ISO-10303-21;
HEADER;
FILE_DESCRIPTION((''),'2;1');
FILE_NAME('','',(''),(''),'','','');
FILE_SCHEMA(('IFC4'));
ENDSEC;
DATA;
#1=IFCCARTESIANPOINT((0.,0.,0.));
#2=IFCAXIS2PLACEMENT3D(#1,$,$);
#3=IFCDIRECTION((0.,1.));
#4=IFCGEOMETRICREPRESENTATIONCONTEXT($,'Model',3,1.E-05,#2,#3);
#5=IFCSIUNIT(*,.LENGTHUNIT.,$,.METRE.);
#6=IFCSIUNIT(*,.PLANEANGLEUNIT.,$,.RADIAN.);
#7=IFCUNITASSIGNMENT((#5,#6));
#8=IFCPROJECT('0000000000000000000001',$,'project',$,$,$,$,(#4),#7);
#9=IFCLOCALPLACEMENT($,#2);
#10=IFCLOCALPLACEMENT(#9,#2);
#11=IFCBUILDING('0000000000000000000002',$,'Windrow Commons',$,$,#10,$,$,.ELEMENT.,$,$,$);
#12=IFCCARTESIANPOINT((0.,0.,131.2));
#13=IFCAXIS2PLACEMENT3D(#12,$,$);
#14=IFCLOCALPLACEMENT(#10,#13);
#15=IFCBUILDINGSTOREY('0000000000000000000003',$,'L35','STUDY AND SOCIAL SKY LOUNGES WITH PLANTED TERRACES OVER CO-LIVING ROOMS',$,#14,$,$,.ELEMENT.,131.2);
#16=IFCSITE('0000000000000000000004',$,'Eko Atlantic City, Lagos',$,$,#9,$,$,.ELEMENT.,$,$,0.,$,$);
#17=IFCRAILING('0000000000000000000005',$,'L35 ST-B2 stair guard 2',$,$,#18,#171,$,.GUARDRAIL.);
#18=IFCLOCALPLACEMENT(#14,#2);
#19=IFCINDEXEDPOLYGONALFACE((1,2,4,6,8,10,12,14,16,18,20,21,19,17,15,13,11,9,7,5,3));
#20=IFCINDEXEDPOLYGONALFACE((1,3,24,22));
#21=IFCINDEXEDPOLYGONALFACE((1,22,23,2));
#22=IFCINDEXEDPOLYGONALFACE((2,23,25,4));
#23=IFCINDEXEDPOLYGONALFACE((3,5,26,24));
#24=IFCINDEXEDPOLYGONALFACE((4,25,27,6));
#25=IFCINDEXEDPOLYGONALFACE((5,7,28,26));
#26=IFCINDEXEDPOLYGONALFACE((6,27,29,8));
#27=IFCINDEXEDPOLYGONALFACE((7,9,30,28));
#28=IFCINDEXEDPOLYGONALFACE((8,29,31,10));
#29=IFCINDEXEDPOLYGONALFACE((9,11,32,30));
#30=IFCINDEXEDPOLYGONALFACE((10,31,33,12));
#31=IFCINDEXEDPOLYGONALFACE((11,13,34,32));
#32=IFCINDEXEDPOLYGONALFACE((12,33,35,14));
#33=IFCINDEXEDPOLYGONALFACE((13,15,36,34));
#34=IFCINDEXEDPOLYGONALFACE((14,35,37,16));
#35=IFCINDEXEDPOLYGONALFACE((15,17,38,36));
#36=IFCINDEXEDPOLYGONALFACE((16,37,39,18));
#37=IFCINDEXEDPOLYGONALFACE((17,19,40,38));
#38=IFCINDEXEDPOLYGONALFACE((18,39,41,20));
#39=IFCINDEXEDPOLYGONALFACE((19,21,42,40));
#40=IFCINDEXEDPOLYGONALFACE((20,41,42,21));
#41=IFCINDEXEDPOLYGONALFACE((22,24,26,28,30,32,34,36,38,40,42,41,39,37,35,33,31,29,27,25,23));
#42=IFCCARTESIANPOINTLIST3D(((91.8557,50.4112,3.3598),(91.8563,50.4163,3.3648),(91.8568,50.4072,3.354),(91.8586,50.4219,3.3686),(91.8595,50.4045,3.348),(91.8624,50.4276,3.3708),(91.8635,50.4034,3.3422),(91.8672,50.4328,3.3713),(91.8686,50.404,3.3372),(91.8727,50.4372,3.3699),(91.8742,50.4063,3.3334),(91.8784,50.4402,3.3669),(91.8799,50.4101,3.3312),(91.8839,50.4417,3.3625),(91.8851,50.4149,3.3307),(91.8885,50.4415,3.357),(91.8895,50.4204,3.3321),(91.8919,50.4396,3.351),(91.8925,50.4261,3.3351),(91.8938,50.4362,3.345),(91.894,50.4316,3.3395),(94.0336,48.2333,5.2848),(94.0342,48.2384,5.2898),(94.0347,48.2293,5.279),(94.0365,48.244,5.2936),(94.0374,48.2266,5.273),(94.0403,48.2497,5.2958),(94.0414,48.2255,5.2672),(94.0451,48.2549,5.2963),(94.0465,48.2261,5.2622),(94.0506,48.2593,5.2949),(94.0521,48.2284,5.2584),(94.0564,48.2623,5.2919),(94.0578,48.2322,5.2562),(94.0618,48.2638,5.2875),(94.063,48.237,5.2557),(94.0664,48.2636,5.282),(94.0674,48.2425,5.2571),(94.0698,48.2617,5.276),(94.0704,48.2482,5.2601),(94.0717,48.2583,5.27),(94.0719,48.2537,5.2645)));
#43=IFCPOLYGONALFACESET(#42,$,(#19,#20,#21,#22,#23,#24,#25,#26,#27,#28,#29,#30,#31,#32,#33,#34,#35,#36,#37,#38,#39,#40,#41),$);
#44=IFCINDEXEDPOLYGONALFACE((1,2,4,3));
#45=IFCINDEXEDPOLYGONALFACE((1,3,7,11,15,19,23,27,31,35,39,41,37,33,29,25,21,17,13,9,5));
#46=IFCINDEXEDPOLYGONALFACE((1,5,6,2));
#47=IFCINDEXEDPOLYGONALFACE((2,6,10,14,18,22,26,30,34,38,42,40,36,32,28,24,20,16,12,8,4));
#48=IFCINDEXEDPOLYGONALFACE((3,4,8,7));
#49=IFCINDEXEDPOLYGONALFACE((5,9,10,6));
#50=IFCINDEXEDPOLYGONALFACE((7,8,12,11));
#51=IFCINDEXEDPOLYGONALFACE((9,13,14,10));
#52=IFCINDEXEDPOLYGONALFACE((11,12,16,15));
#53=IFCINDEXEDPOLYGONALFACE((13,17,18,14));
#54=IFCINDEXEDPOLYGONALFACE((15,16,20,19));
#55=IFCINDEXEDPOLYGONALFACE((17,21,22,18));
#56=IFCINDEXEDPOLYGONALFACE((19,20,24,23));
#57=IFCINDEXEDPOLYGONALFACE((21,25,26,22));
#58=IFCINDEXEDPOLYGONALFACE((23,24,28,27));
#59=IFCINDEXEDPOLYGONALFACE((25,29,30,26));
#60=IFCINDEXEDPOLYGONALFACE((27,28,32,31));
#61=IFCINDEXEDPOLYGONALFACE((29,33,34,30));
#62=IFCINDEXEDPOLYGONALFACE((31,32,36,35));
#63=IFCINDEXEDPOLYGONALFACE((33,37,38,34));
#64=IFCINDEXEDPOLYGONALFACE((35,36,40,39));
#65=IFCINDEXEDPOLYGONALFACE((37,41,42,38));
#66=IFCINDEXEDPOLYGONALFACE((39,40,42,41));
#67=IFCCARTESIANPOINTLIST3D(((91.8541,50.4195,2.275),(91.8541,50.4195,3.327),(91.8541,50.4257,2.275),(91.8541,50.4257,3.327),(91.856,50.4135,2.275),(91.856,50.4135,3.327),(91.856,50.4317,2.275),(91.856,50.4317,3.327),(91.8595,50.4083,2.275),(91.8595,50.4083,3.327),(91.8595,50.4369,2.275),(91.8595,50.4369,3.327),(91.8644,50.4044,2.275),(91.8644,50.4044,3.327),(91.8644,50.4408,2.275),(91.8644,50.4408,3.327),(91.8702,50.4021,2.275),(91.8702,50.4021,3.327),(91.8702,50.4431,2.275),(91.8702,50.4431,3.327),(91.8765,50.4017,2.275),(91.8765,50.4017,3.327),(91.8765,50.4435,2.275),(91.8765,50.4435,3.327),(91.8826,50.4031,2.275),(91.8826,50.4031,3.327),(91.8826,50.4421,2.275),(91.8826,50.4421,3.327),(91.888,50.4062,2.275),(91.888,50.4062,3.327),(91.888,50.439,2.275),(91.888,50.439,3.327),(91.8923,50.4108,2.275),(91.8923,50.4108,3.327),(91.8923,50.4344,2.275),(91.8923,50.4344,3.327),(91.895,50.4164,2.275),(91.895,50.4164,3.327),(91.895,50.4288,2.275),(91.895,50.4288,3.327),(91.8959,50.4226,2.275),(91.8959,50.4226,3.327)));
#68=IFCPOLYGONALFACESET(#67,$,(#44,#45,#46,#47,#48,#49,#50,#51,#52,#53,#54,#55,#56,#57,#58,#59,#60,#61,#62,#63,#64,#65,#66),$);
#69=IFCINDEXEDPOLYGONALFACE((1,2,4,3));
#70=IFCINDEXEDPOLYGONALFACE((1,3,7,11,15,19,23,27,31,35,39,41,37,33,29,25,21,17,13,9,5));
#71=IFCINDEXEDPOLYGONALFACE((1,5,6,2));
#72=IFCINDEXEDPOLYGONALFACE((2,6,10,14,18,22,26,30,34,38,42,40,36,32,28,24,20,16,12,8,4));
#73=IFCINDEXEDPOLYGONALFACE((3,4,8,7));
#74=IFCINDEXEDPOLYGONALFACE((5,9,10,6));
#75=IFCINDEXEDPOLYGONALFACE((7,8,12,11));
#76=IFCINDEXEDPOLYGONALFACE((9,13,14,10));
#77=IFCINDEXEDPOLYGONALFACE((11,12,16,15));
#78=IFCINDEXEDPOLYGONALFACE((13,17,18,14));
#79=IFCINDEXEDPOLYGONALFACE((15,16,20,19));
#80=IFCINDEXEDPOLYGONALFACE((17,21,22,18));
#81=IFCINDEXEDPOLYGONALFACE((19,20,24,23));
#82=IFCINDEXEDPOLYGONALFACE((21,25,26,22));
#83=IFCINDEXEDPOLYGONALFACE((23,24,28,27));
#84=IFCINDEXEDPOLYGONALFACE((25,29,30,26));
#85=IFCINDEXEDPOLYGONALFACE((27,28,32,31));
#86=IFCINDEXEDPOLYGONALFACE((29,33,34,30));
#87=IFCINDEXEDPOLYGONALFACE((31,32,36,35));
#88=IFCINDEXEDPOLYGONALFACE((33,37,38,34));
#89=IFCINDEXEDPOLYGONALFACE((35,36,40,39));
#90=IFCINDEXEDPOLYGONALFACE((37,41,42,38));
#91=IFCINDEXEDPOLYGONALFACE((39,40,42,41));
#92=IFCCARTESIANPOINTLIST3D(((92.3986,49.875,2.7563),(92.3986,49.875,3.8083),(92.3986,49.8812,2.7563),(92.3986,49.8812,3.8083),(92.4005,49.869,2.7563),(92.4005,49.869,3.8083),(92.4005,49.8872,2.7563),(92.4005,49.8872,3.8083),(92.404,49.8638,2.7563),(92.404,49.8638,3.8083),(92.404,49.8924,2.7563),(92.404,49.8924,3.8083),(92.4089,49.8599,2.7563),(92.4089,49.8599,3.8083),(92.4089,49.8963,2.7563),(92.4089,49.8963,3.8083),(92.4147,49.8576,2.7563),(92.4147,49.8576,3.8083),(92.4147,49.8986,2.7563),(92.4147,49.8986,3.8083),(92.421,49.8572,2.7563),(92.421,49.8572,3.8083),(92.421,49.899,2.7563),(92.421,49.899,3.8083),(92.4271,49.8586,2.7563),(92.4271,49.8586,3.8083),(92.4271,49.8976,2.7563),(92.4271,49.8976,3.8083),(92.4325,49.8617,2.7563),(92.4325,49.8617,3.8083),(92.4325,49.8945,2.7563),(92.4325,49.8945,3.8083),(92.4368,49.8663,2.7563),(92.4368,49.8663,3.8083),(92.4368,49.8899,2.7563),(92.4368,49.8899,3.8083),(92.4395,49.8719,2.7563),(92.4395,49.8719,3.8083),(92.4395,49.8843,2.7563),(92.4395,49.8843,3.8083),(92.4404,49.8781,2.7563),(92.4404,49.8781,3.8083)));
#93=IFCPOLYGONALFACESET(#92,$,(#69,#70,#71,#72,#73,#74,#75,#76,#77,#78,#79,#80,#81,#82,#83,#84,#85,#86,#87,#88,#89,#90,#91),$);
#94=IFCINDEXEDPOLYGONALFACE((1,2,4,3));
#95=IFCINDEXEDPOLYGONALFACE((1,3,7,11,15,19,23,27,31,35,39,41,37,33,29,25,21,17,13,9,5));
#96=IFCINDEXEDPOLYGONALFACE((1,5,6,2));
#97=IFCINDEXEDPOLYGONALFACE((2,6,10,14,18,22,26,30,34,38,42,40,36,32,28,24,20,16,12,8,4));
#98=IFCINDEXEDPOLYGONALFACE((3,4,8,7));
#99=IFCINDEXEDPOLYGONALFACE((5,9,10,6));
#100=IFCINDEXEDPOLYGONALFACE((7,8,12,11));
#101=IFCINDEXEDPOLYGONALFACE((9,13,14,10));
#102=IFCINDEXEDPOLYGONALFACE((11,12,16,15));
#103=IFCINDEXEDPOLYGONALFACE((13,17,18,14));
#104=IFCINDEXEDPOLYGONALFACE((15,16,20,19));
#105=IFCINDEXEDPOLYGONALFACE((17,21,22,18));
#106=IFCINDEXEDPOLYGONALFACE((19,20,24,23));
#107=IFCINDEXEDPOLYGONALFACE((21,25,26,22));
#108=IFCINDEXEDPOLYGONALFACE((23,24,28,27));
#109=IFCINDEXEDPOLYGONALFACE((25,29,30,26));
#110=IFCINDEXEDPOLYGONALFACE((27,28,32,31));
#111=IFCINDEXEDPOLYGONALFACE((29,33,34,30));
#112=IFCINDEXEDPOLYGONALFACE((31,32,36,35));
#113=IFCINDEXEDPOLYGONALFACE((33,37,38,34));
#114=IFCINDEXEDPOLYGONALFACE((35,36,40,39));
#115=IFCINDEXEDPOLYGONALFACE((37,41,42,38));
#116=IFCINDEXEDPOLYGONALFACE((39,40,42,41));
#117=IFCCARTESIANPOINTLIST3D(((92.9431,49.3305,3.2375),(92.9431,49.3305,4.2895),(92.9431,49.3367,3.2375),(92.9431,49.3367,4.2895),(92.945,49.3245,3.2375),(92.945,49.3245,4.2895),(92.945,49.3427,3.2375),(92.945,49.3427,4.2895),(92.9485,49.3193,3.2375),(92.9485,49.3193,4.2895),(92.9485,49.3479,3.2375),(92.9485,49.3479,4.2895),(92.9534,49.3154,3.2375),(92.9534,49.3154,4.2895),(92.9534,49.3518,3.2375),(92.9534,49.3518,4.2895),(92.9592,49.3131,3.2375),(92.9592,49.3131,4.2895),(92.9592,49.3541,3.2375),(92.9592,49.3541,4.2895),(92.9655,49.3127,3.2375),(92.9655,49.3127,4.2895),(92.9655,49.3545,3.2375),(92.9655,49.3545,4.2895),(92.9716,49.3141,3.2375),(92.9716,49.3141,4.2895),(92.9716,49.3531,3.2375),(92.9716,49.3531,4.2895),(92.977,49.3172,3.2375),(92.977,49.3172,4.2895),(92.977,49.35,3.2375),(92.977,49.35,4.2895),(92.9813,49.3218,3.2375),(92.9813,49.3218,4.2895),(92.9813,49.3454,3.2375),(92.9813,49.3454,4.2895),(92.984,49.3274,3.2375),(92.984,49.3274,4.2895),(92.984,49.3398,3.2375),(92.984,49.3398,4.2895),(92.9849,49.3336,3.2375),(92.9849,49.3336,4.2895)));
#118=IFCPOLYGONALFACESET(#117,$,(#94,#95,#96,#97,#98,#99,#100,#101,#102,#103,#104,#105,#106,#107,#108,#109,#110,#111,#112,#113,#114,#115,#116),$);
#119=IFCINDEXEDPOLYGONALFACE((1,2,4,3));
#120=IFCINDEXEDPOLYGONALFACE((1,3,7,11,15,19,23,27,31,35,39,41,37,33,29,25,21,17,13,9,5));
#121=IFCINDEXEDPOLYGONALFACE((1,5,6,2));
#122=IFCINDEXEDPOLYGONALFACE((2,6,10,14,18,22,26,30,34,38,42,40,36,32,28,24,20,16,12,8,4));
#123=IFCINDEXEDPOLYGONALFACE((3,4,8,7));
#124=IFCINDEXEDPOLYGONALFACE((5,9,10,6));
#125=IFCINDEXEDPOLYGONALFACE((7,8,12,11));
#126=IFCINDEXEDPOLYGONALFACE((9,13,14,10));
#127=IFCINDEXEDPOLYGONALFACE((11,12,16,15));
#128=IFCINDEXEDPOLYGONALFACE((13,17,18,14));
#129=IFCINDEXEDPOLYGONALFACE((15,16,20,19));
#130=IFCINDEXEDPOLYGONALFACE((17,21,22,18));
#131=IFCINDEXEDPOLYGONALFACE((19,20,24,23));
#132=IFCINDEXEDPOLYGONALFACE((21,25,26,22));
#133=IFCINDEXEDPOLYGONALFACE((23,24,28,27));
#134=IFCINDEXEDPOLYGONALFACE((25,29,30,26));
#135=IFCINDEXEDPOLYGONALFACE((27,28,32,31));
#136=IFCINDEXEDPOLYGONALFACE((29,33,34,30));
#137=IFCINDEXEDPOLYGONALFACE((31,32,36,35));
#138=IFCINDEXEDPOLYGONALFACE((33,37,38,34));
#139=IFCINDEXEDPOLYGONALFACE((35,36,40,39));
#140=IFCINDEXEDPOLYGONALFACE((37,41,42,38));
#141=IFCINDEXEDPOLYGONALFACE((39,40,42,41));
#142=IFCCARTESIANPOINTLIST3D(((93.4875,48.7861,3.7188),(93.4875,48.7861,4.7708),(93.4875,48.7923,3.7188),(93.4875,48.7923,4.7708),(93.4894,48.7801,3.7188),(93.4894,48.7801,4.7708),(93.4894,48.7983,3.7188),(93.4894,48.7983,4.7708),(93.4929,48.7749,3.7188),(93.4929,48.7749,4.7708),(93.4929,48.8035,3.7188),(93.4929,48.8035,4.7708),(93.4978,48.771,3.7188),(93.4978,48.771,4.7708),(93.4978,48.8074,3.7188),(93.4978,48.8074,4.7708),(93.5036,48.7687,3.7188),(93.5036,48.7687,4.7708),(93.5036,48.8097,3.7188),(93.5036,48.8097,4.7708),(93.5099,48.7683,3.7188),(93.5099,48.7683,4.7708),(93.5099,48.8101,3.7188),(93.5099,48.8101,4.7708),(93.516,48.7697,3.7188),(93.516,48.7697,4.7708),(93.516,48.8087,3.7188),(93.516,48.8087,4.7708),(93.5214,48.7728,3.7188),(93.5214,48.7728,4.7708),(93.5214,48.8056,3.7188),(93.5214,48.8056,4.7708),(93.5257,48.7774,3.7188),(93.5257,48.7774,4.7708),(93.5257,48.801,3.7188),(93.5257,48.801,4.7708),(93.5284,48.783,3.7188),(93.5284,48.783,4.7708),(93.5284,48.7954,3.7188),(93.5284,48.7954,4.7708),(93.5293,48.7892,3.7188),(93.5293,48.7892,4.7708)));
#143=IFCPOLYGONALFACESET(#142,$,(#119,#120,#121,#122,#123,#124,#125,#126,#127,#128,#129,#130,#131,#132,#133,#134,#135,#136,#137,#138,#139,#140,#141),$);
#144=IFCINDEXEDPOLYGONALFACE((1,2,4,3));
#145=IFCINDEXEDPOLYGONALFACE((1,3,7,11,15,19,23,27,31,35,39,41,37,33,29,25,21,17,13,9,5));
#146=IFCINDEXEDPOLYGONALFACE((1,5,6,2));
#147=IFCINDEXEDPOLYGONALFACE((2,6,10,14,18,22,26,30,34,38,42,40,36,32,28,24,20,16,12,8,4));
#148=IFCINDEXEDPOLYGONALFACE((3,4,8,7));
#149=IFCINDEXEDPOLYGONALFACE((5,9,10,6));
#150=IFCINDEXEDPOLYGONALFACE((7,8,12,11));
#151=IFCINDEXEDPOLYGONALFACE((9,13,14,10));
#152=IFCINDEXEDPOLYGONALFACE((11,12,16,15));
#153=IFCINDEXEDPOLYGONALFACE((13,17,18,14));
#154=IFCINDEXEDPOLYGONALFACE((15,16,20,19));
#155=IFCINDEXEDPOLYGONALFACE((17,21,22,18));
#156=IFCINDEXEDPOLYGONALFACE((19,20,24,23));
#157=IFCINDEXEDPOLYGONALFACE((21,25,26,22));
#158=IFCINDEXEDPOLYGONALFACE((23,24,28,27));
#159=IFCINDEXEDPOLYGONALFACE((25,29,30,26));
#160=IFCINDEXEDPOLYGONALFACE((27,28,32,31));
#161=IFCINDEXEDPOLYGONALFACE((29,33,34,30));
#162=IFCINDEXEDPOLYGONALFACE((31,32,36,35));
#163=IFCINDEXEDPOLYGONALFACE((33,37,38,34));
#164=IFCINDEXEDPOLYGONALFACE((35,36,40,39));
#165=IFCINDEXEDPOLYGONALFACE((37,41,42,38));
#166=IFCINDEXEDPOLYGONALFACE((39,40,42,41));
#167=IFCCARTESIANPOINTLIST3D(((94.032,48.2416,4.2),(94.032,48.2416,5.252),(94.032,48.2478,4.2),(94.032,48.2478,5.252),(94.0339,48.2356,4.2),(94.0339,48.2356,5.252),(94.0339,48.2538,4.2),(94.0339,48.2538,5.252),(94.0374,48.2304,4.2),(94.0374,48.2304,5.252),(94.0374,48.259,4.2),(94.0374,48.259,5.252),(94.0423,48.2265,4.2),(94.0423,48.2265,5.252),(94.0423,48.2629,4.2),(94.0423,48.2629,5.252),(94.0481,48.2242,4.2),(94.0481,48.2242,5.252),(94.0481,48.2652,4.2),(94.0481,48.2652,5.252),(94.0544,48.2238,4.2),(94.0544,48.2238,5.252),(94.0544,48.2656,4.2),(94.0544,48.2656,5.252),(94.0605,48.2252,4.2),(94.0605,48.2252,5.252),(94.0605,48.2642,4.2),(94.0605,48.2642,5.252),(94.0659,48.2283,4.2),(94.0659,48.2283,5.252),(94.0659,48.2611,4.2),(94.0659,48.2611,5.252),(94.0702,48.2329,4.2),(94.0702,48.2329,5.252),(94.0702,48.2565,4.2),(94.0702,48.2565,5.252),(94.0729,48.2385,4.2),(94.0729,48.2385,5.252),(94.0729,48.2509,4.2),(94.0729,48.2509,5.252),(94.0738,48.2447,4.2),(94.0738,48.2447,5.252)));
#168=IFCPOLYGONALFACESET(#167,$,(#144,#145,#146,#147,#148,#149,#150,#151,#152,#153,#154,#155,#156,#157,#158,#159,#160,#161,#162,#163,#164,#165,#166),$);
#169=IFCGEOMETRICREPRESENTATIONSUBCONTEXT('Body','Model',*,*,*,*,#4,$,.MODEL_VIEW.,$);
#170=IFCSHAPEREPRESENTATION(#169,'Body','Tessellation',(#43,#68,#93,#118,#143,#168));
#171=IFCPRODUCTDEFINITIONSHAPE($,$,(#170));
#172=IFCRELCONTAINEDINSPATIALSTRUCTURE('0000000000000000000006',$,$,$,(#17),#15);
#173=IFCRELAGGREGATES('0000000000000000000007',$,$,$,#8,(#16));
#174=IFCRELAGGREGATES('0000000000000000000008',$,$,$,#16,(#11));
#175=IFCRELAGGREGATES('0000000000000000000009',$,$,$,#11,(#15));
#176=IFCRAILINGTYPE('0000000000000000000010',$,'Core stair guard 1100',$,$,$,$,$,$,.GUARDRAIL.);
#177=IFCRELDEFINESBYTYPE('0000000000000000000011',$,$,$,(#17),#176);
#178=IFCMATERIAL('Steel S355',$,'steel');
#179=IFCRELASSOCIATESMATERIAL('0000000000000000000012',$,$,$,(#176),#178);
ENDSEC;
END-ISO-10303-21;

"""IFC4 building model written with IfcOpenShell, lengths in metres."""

from ifc_helpers import new_model, si_unit, direction, frame, origin, origin_2d, place, context, subcontext, project, spatial, circle, extrude, material, type_object, element, save


model = new_model("IFC4")

# Units and contexts
model_context = context("Model", 3, precision=1e-05, world=origin(), true_north=direction((0.0, 1.0)))
body_context = subcontext(model_context, "Body", "Model", "MODEL_VIEW")
ifc_project = project(units=[si_unit("LENGTHUNIT", "METRE"), si_unit("PLANEANGLEUNIT", "RADIAN")], contexts=[model_context])

# Site, building, storey
site_placement = place(None, origin())
site = spatial("IfcSite", under=ifc_project, at=site_placement, Name="Eko Atlantic City, Lagos", CompositionType="ELEMENT", RefElevation=0.0)
building_placement = place(site_placement, origin())
building = spatial("IfcBuilding", under=site, at=building_placement, Name="Windrow Commons", CompositionType="ELEMENT")
storey_placement = place(building_placement, frame((0.0, 0.0, 131.2)))
storey = spatial("IfcBuildingStorey", under=building, at=storey_placement, Name="L35", Description="STUDY AND SOCIAL SKY LOUNGES WITH PLANTED TERRACES OVER CO-LIVING ROOMS", CompositionType="ELEMENT", Elevation=131.2)

# Railing
ifc_material_1 = material(Name="Steel S355", Category="steel")
railing_type_1 = type_object("IfcRailingType", Name="Core stair guard 1100", PredefinedType="GUARDRAIL", material=ifc_material_1)
railing_1_placement = place(storey_placement, frame((91.8749, 50.4226, 2.275)))
element("IfcRailing", 1, at=railing_1_placement, inside=storey, type_object=railing_type_1, Name="L35 ST-B2 stair guard 2", PredefinedType="GUARDRAIL", context=body_context, shape_type="SweptSolid", body=[
    extrude(circle(Radius=0.024, at=origin_2d()), frame((0.0, 0.0, 1.076), z_axis=(0.599626, -0.599626, 0.529997), x_axis=(0.707107, 0.707107, 0.0)), (0.0, 0.0, 1.0), 3.6321),
    extrude(circle(Radius=0.021, at=origin_2d()), origin(), (0.0, 0.0, 1.0), 1.052),
    extrude(circle(Radius=0.021, at=origin_2d()), frame((0.5445, -0.5445, 0.4813)), (0.0, 0.0, 1.0), 1.052),
    extrude(circle(Radius=0.021, at=origin_2d()), frame((1.089, -1.089, 0.9625)), (0.0, 0.0, 1.0), 1.052),
    extrude(circle(Radius=0.021, at=origin_2d()), frame((1.6334, -1.6334, 1.4438)), (0.0, 0.0, 1.0), 1.052),
    extrude(circle(Radius=0.021, at=origin_2d()), frame((2.1779, -2.1779, 1.925)), (0.0, 0.0, 1.0), 1.052),
])

save(model, "model.ifc")
